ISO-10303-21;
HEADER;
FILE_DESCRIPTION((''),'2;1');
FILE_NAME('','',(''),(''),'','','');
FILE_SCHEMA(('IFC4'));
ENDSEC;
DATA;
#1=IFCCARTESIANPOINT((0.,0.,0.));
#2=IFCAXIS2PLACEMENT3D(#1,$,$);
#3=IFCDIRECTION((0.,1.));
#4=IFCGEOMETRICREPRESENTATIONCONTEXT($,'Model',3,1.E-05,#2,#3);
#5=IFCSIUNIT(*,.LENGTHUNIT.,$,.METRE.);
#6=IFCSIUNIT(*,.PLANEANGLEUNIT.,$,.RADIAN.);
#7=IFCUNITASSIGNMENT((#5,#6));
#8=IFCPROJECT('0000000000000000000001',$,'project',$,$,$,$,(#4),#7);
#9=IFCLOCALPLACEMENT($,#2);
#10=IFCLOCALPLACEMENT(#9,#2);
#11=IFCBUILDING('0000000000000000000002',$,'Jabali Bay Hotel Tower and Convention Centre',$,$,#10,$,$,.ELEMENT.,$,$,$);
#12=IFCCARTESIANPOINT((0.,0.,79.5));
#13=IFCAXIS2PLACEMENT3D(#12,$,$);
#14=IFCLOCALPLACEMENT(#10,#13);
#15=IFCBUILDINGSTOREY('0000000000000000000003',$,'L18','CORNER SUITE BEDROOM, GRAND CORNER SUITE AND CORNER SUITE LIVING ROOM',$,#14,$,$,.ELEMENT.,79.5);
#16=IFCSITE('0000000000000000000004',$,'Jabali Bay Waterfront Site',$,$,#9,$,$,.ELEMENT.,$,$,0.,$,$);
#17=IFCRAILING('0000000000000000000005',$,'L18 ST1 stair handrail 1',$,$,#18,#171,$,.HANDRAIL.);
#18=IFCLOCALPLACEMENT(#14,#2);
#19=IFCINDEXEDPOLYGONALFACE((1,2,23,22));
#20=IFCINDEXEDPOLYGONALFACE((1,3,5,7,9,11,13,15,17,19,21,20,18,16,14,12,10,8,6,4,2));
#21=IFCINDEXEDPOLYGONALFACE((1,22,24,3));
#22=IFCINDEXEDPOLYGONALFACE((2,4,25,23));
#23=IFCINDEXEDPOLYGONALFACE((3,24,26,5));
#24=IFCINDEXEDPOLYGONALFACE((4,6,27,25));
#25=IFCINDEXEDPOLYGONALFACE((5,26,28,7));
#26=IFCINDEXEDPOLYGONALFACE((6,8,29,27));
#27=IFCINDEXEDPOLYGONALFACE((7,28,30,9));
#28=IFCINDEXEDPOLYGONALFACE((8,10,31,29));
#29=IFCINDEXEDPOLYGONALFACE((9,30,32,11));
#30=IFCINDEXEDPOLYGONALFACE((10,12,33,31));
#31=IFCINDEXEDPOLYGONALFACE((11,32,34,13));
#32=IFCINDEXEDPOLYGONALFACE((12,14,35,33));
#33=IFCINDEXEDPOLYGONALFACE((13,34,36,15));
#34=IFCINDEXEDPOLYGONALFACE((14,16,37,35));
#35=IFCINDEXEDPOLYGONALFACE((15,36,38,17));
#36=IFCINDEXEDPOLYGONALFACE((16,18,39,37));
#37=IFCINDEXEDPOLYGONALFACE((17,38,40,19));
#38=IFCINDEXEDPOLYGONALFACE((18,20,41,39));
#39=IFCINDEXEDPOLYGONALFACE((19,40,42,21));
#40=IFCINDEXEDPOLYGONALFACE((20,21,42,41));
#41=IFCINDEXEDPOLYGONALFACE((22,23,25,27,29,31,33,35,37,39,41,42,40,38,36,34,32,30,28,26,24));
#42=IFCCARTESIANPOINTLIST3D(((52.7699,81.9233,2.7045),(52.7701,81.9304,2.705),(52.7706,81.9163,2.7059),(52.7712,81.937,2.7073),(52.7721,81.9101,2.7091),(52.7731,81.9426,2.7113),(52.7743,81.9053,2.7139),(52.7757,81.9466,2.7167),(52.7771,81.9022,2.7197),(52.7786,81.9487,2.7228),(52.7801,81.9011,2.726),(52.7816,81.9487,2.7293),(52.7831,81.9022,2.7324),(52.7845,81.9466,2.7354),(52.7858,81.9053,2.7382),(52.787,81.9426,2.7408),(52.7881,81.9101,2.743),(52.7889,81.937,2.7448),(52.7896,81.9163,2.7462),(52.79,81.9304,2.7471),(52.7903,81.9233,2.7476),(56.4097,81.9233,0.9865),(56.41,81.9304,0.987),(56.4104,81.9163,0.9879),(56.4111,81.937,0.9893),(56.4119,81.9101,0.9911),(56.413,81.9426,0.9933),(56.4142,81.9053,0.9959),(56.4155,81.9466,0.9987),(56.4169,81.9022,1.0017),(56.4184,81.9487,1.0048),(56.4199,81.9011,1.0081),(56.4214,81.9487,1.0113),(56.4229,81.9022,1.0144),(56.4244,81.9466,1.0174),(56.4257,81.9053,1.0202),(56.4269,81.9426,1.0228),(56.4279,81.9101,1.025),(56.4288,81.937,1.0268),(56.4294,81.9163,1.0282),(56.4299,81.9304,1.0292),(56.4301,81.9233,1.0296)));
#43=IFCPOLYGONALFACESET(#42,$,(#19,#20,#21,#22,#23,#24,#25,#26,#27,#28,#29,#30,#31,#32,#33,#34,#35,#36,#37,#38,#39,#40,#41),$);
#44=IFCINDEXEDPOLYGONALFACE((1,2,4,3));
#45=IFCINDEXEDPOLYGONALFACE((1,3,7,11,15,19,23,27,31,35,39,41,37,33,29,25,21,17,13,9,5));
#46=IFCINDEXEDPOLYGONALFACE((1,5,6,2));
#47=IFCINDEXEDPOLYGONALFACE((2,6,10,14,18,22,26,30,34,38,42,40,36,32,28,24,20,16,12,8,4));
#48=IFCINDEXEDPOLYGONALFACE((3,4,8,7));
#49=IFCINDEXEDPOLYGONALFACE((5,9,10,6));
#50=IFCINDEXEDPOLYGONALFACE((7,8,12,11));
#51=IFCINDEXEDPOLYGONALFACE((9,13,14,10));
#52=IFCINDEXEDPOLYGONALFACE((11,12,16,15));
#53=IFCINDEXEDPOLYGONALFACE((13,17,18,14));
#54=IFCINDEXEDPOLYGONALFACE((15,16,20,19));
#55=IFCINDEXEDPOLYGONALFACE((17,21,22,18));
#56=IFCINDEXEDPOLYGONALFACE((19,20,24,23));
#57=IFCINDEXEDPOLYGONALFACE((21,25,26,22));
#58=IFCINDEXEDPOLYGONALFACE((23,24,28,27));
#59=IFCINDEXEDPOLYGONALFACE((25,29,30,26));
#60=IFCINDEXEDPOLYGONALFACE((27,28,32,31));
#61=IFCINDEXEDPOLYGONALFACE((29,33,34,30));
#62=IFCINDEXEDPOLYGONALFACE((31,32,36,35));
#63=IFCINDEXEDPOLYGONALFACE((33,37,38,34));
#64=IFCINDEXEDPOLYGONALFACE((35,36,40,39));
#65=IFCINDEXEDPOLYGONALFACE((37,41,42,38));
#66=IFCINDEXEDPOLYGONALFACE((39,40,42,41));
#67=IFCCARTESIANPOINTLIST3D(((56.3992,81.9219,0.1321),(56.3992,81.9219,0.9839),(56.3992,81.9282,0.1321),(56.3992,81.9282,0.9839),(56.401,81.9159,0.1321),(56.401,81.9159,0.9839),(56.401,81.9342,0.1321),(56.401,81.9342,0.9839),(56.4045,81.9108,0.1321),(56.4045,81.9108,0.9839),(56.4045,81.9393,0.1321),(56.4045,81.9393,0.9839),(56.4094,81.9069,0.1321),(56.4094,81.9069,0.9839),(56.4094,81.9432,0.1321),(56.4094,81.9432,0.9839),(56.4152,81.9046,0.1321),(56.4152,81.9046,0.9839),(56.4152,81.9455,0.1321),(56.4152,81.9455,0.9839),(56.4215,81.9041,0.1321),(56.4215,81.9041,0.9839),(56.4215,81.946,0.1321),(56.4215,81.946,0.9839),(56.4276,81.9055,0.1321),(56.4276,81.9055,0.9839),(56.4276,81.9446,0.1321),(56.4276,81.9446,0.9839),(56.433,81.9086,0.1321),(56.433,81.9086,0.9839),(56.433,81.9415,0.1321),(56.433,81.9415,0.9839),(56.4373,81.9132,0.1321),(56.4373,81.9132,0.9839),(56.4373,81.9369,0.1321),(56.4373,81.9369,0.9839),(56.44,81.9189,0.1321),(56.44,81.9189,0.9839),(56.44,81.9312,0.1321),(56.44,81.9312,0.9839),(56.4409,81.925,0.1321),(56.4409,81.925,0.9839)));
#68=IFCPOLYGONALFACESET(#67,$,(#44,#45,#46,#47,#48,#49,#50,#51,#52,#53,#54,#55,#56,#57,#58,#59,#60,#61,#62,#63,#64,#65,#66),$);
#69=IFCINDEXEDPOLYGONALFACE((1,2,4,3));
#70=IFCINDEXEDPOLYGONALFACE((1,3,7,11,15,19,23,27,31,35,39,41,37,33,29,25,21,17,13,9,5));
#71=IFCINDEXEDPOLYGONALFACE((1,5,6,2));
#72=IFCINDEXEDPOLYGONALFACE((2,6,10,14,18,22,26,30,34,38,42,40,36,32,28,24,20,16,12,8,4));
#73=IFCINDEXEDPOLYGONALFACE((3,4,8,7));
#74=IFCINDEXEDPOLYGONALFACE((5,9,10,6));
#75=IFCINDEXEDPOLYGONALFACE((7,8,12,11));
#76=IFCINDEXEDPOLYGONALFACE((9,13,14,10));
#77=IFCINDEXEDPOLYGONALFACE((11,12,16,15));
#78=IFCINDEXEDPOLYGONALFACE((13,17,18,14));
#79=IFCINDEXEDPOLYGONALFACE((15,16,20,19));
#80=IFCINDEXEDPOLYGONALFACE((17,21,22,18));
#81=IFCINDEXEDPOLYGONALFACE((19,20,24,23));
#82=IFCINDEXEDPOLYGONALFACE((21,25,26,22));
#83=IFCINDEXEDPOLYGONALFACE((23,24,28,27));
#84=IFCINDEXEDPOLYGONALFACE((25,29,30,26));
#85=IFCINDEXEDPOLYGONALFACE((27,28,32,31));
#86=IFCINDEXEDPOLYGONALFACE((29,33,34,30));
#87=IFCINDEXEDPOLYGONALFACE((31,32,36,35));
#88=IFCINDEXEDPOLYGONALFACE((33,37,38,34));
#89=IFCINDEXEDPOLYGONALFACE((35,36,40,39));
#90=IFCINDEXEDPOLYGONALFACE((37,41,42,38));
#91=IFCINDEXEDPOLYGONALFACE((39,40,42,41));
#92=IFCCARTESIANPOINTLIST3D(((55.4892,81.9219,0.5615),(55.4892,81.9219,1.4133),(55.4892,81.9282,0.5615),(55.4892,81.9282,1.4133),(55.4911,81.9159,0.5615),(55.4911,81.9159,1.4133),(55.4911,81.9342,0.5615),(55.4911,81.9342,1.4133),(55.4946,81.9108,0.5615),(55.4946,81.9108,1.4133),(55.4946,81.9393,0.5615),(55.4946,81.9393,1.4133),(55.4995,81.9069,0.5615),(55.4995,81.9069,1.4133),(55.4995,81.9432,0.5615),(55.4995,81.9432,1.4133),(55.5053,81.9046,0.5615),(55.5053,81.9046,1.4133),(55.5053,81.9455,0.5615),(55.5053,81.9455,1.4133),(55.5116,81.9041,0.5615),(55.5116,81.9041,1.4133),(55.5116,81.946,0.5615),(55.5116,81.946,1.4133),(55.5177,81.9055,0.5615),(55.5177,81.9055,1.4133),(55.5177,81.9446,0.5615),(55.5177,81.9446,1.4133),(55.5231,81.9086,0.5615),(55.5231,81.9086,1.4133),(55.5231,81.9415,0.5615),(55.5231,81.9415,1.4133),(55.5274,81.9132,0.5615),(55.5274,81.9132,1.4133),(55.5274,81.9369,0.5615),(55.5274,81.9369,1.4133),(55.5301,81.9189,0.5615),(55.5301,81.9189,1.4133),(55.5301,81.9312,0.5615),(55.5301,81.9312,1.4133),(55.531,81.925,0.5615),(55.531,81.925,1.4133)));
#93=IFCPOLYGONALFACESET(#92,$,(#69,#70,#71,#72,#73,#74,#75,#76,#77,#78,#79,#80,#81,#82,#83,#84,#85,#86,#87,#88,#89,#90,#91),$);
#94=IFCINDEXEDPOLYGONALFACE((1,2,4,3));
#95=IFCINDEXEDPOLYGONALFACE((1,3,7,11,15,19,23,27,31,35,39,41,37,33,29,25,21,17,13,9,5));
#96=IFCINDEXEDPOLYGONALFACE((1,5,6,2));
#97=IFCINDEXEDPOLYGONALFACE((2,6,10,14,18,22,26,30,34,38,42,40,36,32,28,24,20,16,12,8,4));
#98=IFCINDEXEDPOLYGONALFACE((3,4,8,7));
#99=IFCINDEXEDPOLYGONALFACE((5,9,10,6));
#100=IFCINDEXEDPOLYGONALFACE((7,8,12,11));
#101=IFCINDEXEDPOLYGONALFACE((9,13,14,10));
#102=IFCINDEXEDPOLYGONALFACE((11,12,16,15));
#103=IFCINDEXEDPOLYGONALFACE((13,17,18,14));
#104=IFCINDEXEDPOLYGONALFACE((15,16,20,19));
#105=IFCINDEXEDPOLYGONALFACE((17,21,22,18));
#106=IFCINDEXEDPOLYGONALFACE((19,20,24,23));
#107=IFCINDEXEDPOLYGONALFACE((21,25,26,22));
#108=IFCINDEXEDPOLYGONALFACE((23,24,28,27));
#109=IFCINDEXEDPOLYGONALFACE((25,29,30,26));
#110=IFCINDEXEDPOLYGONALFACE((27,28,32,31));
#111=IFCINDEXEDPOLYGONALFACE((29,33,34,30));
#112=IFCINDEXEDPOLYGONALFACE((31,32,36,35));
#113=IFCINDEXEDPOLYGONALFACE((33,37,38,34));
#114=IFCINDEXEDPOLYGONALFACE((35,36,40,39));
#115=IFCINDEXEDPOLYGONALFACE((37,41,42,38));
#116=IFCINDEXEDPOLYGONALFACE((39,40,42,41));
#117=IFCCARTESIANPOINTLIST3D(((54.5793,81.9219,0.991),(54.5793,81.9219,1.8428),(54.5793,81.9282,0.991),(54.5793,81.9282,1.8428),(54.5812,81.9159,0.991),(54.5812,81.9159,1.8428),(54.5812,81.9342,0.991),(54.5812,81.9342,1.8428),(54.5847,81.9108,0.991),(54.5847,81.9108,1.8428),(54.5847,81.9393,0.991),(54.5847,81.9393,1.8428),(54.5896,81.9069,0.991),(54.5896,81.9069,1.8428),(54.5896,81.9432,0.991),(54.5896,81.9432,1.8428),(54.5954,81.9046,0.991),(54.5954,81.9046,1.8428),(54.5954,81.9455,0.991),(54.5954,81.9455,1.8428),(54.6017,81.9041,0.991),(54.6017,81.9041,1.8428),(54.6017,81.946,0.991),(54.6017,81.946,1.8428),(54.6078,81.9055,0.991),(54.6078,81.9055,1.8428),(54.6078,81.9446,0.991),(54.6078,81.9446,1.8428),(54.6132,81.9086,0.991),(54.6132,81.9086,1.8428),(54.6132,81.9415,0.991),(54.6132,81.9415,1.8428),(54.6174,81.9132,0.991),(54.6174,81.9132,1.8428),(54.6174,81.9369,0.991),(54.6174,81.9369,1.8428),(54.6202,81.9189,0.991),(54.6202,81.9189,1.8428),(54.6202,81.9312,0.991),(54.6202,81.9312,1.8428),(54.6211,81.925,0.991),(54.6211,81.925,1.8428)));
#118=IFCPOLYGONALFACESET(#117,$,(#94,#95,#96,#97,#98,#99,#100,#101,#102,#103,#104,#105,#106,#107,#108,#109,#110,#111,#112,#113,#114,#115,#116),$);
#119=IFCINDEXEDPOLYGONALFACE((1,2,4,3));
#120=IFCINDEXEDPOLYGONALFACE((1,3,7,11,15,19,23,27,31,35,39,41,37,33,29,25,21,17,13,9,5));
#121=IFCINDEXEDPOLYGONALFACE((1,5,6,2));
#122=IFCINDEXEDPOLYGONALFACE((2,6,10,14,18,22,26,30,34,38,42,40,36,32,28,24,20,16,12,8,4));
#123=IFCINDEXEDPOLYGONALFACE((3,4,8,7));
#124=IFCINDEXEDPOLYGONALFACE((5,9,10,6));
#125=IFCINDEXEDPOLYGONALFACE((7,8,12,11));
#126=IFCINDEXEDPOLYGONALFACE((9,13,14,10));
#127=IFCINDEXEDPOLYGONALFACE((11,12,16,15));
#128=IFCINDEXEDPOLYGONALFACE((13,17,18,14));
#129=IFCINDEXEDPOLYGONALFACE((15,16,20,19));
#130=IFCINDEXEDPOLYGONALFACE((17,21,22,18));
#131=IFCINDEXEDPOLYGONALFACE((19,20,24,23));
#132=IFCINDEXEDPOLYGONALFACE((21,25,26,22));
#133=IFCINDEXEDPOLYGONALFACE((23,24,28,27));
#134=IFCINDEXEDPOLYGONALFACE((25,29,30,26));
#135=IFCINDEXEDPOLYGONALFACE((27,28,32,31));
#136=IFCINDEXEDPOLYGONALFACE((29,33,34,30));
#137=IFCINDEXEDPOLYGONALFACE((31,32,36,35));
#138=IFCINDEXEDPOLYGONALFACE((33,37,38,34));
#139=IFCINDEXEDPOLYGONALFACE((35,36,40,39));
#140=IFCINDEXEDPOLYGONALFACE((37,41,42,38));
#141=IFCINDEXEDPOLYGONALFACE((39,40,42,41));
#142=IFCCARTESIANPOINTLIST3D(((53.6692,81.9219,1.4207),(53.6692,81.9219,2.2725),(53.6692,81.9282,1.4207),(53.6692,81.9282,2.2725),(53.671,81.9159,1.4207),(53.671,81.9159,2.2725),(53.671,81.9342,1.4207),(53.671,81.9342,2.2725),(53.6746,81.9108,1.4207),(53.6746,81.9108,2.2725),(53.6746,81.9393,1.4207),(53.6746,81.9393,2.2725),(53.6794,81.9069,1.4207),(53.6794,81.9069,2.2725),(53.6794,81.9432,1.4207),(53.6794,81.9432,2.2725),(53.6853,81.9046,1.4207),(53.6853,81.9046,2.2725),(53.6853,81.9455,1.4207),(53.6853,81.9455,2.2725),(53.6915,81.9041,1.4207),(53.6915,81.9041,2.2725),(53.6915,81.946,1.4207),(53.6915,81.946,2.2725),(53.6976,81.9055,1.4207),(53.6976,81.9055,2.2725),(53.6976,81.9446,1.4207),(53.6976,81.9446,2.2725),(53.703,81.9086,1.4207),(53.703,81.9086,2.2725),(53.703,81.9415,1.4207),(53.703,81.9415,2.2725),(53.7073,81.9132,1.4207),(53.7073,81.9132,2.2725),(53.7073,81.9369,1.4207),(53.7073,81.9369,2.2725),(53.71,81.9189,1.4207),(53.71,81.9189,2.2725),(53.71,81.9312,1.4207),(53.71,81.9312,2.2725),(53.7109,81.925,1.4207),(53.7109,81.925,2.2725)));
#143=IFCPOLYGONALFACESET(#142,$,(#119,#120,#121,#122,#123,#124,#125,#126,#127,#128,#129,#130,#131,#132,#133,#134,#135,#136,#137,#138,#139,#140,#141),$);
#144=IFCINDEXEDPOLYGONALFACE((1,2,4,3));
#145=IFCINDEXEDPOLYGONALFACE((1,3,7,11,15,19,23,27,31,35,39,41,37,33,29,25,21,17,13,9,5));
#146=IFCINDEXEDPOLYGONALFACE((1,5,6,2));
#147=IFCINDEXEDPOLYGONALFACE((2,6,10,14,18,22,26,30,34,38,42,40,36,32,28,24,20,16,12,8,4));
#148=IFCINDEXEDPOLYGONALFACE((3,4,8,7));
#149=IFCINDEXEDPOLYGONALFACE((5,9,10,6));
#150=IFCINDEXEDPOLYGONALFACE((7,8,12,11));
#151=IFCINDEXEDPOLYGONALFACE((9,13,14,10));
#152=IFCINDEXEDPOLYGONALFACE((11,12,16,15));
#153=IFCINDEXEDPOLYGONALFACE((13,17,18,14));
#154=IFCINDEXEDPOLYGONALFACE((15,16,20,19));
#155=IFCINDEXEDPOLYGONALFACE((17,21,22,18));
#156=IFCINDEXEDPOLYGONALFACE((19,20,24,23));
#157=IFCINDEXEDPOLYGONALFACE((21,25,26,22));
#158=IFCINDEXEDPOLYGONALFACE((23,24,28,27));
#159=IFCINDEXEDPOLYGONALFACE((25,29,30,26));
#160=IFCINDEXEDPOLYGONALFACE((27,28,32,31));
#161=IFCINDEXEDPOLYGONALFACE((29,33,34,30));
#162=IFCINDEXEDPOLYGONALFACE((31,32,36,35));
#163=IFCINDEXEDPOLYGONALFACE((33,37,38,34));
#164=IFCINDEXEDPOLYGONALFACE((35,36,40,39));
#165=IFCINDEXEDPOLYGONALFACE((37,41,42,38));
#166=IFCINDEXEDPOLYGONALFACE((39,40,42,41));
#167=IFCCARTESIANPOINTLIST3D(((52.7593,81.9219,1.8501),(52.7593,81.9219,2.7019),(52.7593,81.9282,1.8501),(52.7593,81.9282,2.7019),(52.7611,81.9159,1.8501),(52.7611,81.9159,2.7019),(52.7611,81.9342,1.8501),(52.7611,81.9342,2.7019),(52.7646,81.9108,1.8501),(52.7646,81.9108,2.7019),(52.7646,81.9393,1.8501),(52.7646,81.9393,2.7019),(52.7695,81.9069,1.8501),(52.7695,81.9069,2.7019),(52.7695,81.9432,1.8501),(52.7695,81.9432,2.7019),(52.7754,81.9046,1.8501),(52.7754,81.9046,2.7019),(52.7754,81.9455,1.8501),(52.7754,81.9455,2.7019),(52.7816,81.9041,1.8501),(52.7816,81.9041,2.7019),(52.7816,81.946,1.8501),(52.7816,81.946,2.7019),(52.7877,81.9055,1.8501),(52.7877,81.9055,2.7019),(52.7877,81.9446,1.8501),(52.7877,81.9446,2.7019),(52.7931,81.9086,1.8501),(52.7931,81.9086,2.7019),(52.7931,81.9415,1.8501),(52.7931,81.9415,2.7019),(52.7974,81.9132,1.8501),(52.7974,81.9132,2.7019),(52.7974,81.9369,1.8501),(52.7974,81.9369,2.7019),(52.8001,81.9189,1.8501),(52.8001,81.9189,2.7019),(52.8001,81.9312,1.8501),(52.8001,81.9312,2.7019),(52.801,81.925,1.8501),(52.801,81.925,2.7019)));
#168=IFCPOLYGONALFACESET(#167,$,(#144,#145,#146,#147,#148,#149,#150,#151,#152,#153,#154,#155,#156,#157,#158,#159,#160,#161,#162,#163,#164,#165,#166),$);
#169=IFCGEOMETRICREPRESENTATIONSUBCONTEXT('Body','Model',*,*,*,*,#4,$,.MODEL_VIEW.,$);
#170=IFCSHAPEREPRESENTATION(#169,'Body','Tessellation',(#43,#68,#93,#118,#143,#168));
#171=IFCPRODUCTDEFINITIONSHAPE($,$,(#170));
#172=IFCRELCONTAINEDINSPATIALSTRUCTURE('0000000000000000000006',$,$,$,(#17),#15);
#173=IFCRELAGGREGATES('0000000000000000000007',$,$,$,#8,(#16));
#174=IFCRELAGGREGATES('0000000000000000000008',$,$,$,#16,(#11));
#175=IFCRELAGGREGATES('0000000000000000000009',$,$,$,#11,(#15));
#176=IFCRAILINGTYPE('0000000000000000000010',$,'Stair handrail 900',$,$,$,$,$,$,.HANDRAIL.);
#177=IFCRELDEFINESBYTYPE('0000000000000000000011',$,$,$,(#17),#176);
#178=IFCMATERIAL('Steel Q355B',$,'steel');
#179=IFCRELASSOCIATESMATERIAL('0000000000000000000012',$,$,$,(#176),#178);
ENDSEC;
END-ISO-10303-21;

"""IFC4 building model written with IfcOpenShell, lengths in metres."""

from ifc_helpers import new_model, si_unit, direction, frame, origin, origin_2d, place, context, subcontext, project, spatial, circle, extrude, material, type_object, element, save


model = new_model("IFC4")

# Units and contexts
model_context = context("Model", 3, precision=1e-05, world=origin(), true_north=direction((0.0, 1.0)))
body_context = subcontext(model_context, "Body", "Model", "MODEL_VIEW")
ifc_project = project(units=[si_unit("LENGTHUNIT", "METRE"), si_unit("PLANEANGLEUNIT", "RADIAN")], contexts=[model_context])

# Site, building, storey
site_placement = place(None, origin())
site = spatial("IfcSite", under=ifc_project, at=site_placement, Name="Jabali Bay Waterfront Site", CompositionType="ELEMENT", RefElevation=0.0)
building_placement = place(site_placement, origin())
building = spatial("IfcBuilding", under=site, at=building_placement, Name="Jabali Bay Hotel Tower and Convention Centre", CompositionType="ELEMENT")
storey_placement = place(building_placement, frame((0.0, 0.0, 79.5)))
storey = spatial("IfcBuildingStorey", under=building, at=storey_placement, Name="L18", Description="CORNER SUITE BEDROOM, GRAND CORNER SUITE AND CORNER SUITE LIVING ROOM", CompositionType="ELEMENT", Elevation=79.5)

# Railing
ifc_material_1 = material(Name="Steel Q355B", Category="steel")
railing_type_1 = type_object("IfcRailingType", Name="Stair handrail 900", PredefinedType="HANDRAIL", material=ifc_material_1)
railing_1_placement = place(storey_placement, frame((56.4199, 81.925, 0.1321)))
element("IfcRailing", 1, at=railing_1_placement, inside=storey, type_object=railing_type_1, Name="L18 ST1 stair handrail 1", PredefinedType="HANDRAIL", context=body_context, shape_type="SweptSolid", body=[
    extrude(circle(Radius=0.0239, at=origin_2d()), frame((0.0, 0.0, 0.876), z_axis=(-0.904327, 0.0, 0.42684), x_axis=(0.0, -1.0, 0.0)), (0.0, 0.0, 1.0), 4.0249),
    extrude(circle(Radius=0.021, at=origin_2d()), origin(), (0.0, 0.0, 1.0), 0.8518),
    extrude(circle(Radius=0.021, at=origin_2d()), frame((-0.9099, 0.0, 0.4294)), (0.0, 0.0, 1.0), 0.8518),
    extrude(circle(Radius=0.021, at=origin_2d()), frame((-1.8198, 0.0, 0.8589)), (0.0, 0.0, 1.0), 0.8518),
    extrude(circle(Radius=0.021, at=origin_2d()), frame((-2.73, 0.0, 1.2886)), (0.0, 0.0, 1.0), 0.8518),
    extrude(circle(Radius=0.021, at=origin_2d()), frame((-3.6399, 0.0, 1.718)), (0.0, 0.0, 1.0), 0.8518),
])

save(model, "model.ifc")
